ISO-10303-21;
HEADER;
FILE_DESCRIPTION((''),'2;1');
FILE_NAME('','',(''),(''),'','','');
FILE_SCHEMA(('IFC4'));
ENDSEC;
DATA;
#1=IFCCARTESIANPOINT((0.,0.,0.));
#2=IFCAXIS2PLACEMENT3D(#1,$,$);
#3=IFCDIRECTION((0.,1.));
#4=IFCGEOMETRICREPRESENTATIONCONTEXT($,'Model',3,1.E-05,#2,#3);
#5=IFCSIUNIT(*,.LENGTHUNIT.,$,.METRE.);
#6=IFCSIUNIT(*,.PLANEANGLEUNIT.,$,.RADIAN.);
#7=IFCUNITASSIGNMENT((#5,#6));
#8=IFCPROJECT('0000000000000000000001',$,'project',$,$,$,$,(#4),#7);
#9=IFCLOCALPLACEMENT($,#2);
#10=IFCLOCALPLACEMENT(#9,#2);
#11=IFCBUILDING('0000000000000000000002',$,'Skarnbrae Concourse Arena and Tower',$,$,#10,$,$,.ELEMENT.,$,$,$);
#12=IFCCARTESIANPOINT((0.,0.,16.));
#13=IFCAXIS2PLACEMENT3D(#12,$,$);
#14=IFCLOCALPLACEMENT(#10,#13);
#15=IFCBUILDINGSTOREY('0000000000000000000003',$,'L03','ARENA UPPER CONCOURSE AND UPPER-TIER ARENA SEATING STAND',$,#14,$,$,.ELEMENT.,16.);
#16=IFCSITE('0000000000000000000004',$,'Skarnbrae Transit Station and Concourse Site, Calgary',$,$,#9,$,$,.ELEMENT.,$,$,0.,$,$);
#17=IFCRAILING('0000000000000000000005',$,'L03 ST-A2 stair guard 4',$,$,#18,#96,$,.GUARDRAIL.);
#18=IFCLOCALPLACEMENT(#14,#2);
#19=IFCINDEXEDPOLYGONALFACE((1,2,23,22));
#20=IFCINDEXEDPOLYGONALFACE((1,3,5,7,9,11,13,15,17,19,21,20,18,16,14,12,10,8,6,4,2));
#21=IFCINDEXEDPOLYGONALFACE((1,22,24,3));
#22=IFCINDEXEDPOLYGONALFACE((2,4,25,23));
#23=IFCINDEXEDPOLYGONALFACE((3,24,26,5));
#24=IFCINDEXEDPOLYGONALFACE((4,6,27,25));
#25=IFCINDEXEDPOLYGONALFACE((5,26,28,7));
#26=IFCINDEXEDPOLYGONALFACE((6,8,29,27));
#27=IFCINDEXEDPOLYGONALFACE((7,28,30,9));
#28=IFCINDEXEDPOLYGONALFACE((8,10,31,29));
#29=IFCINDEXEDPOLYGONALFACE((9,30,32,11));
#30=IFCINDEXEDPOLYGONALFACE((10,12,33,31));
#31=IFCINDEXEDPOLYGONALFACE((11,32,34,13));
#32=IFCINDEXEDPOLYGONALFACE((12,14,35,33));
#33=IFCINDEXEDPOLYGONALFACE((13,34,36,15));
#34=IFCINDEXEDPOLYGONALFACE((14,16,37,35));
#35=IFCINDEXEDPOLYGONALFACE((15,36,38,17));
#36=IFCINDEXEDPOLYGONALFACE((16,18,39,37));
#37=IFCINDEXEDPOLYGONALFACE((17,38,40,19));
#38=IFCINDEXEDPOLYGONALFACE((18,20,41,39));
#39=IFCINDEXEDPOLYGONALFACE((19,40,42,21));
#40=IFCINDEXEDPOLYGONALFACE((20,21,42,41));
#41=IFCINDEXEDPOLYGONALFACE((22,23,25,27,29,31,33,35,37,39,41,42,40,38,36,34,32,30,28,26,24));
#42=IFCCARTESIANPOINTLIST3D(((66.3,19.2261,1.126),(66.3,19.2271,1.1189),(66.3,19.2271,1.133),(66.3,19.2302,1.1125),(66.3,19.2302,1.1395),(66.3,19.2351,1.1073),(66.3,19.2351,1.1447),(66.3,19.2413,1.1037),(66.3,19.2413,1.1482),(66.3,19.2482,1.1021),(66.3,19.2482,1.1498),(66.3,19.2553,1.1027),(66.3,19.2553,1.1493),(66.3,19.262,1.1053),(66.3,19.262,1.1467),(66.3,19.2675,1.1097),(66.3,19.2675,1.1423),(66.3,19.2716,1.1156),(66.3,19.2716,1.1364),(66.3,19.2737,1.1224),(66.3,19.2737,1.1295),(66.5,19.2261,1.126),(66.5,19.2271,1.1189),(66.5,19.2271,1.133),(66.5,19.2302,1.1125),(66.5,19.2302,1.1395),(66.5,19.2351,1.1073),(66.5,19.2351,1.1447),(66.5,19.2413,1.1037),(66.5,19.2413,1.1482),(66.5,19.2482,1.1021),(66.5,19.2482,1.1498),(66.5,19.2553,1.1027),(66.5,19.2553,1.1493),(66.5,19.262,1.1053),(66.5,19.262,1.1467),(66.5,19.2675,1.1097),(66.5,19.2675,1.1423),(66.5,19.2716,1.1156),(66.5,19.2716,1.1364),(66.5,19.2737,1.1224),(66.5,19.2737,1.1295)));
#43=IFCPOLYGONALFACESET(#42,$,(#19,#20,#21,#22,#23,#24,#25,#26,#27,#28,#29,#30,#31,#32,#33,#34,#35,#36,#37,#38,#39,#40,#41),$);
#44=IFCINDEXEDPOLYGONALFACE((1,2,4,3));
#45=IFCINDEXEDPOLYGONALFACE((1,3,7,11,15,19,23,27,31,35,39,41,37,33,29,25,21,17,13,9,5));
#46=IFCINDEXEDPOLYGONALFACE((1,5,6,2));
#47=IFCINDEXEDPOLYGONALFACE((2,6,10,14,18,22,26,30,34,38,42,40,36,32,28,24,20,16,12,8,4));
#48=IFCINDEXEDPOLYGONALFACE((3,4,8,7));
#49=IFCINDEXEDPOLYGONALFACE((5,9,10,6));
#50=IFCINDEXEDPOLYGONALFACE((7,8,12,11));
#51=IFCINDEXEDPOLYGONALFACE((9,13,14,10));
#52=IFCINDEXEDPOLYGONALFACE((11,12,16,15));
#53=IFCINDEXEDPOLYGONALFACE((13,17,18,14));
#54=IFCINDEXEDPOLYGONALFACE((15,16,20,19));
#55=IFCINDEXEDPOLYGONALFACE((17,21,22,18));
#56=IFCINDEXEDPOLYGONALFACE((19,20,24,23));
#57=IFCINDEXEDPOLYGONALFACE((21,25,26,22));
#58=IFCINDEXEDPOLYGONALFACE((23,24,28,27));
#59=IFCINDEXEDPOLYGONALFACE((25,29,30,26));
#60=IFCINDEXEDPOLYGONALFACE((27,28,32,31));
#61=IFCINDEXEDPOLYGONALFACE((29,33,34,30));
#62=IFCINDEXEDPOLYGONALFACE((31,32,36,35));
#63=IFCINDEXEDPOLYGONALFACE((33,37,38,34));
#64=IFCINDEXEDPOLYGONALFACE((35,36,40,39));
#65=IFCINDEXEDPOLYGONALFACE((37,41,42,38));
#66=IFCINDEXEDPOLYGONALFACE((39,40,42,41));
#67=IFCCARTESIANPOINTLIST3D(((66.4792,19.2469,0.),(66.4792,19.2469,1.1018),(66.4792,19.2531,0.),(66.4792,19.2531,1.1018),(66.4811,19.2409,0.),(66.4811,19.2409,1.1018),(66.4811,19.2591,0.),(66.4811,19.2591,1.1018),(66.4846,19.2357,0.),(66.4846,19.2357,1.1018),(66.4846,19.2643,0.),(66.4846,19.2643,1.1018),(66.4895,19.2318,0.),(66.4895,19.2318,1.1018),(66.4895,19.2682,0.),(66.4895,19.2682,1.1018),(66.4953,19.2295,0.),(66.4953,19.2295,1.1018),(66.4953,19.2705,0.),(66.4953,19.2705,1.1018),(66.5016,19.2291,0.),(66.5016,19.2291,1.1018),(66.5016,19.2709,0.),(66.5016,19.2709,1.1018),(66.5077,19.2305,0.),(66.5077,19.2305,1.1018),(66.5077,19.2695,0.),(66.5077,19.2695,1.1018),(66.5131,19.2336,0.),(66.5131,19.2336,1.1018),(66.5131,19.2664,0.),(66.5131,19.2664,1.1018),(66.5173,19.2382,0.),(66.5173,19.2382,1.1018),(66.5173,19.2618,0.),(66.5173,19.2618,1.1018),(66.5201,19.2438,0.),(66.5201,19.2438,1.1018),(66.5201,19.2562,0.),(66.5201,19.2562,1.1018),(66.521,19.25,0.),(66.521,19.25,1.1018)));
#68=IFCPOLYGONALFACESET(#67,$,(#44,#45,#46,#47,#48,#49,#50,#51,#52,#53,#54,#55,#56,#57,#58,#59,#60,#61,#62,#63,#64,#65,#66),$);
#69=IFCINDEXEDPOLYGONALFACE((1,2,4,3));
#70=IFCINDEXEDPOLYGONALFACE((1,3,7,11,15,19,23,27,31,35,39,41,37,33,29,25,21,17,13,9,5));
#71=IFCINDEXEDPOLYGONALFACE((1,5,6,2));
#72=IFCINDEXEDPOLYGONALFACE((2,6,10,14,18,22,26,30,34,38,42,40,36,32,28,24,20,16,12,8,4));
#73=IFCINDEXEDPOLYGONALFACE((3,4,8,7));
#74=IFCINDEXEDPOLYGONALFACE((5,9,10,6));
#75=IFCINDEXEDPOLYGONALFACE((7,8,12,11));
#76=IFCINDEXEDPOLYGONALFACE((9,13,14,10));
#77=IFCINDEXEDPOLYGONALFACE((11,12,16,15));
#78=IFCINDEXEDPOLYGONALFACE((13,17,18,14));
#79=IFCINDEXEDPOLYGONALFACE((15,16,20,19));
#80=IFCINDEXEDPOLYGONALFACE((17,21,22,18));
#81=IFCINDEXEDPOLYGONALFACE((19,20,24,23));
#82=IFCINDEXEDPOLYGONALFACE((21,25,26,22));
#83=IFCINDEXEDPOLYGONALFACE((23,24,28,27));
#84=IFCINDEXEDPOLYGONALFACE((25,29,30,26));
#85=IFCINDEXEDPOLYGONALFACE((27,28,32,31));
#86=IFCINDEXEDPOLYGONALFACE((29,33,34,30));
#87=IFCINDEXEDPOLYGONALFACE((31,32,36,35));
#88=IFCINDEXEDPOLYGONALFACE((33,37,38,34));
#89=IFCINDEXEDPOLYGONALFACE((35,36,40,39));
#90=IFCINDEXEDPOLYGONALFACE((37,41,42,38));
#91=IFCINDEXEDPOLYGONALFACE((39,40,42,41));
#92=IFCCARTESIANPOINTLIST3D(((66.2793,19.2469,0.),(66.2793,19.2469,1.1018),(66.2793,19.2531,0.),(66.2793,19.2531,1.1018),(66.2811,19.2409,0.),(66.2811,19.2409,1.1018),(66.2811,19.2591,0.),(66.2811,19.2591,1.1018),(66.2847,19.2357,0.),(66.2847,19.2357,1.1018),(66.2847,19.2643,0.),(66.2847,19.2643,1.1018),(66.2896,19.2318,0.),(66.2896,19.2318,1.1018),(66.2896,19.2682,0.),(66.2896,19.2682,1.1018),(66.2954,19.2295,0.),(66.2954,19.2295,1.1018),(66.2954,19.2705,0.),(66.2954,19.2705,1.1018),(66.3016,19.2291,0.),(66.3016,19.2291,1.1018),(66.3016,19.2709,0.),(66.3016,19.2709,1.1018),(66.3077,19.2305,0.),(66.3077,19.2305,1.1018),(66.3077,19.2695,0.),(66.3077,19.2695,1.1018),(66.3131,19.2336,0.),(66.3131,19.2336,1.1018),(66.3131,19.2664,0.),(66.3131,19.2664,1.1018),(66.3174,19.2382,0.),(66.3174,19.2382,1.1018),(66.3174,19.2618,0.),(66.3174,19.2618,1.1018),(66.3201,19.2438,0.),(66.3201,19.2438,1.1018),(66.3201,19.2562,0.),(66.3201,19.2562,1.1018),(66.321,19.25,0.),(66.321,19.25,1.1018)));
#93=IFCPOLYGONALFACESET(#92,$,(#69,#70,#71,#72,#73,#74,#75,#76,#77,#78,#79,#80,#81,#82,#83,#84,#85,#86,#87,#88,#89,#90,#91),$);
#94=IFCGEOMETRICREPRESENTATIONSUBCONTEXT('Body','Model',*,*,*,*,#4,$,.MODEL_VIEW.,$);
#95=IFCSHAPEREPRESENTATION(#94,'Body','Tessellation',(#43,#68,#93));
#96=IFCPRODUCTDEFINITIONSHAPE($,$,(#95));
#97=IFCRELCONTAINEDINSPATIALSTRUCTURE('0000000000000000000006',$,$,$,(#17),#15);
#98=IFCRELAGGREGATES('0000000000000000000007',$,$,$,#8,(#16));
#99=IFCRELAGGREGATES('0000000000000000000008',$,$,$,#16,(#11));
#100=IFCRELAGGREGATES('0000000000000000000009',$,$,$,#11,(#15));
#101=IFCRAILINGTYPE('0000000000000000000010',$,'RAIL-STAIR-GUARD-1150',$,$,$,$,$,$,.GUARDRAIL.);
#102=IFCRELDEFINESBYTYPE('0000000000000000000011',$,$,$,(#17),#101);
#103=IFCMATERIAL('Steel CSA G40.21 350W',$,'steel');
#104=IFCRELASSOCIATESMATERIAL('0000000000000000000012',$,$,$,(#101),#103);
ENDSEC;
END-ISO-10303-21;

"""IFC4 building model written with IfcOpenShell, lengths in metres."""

from ifc_helpers import new_model, si_unit, direction, frame, origin, origin_2d, place, context, subcontext, project, spatial, circle, extrude, material, type_object, element, save


model = new_model("IFC4")

# Units and contexts
model_context = context("Model", 3, precision=1e-05, world=origin(), true_north=direction((0.0, 1.0)))
body_context = subcontext(model_context, "Body", "Model", "MODEL_VIEW")
ifc_project = project(units=[si_unit("LENGTHUNIT", "METRE"), si_unit("PLANEANGLEUNIT", "RADIAN")], contexts=[model_context])

# Site, building, storey
site_placement = place(None, origin())
site = spatial("IfcSite", under=ifc_project, at=site_placement, Name="Skarnbrae Transit Station and Concourse Site, Calgary", CompositionType="ELEMENT", RefElevation=0.0)
building_placement = place(site_placement, origin())
building = spatial("IfcBuilding", under=site, at=building_placement, Name="Skarnbrae Concourse Arena and Tower", CompositionType="ELEMENT")
storey_placement = place(building_placement, frame((0.0, 0.0, 16.0)))
storey = spatial("IfcBuildingStorey", under=building, at=storey_placement, Name="L03", Description="ARENA UPPER CONCOURSE AND UPPER-TIER ARENA SEATING STAND", CompositionType="ELEMENT", Elevation=16.0)

# Shared definitions
ifc_material_1 = material(Name="Steel CSA G40.21 350W", Category="steel")

# Railing
railing_type_1 = type_object("IfcRailingType", Name="RAIL-STAIR-GUARD-1150", PredefinedType="GUARDRAIL", material=ifc_material_1)
railing_1_placement = place(storey_placement, frame((66.5, 19.25, 0.0)))
element("IfcRailing", 1, at=railing_1_placement, inside=storey, type_object=railing_type_1, Name="L03 ST-A2 stair guard 4", PredefinedType="GUARDRAIL", context=body_context, shape_type="SweptSolid", body=[
    extrude(circle(Radius=0.0239, at=origin_2d()), frame((0.0, 0.0, 1.126), z_axis=(-1.0, 0.0, 0.0), x_axis=(0.0, -1.0, 0.0)), (0.0, 0.0, 1.0), 0.2),
    extrude(circle(Radius=0.021, at=origin_2d()), origin(), (0.0, 0.0, 1.0), 1.1018),
    extrude(circle(Radius=0.021, at=origin_2d()), frame((-0.2, 0.0, 0.0)), (0.0, 0.0, 1.0), 1.1018),
])

save(model, "model.ifc")
